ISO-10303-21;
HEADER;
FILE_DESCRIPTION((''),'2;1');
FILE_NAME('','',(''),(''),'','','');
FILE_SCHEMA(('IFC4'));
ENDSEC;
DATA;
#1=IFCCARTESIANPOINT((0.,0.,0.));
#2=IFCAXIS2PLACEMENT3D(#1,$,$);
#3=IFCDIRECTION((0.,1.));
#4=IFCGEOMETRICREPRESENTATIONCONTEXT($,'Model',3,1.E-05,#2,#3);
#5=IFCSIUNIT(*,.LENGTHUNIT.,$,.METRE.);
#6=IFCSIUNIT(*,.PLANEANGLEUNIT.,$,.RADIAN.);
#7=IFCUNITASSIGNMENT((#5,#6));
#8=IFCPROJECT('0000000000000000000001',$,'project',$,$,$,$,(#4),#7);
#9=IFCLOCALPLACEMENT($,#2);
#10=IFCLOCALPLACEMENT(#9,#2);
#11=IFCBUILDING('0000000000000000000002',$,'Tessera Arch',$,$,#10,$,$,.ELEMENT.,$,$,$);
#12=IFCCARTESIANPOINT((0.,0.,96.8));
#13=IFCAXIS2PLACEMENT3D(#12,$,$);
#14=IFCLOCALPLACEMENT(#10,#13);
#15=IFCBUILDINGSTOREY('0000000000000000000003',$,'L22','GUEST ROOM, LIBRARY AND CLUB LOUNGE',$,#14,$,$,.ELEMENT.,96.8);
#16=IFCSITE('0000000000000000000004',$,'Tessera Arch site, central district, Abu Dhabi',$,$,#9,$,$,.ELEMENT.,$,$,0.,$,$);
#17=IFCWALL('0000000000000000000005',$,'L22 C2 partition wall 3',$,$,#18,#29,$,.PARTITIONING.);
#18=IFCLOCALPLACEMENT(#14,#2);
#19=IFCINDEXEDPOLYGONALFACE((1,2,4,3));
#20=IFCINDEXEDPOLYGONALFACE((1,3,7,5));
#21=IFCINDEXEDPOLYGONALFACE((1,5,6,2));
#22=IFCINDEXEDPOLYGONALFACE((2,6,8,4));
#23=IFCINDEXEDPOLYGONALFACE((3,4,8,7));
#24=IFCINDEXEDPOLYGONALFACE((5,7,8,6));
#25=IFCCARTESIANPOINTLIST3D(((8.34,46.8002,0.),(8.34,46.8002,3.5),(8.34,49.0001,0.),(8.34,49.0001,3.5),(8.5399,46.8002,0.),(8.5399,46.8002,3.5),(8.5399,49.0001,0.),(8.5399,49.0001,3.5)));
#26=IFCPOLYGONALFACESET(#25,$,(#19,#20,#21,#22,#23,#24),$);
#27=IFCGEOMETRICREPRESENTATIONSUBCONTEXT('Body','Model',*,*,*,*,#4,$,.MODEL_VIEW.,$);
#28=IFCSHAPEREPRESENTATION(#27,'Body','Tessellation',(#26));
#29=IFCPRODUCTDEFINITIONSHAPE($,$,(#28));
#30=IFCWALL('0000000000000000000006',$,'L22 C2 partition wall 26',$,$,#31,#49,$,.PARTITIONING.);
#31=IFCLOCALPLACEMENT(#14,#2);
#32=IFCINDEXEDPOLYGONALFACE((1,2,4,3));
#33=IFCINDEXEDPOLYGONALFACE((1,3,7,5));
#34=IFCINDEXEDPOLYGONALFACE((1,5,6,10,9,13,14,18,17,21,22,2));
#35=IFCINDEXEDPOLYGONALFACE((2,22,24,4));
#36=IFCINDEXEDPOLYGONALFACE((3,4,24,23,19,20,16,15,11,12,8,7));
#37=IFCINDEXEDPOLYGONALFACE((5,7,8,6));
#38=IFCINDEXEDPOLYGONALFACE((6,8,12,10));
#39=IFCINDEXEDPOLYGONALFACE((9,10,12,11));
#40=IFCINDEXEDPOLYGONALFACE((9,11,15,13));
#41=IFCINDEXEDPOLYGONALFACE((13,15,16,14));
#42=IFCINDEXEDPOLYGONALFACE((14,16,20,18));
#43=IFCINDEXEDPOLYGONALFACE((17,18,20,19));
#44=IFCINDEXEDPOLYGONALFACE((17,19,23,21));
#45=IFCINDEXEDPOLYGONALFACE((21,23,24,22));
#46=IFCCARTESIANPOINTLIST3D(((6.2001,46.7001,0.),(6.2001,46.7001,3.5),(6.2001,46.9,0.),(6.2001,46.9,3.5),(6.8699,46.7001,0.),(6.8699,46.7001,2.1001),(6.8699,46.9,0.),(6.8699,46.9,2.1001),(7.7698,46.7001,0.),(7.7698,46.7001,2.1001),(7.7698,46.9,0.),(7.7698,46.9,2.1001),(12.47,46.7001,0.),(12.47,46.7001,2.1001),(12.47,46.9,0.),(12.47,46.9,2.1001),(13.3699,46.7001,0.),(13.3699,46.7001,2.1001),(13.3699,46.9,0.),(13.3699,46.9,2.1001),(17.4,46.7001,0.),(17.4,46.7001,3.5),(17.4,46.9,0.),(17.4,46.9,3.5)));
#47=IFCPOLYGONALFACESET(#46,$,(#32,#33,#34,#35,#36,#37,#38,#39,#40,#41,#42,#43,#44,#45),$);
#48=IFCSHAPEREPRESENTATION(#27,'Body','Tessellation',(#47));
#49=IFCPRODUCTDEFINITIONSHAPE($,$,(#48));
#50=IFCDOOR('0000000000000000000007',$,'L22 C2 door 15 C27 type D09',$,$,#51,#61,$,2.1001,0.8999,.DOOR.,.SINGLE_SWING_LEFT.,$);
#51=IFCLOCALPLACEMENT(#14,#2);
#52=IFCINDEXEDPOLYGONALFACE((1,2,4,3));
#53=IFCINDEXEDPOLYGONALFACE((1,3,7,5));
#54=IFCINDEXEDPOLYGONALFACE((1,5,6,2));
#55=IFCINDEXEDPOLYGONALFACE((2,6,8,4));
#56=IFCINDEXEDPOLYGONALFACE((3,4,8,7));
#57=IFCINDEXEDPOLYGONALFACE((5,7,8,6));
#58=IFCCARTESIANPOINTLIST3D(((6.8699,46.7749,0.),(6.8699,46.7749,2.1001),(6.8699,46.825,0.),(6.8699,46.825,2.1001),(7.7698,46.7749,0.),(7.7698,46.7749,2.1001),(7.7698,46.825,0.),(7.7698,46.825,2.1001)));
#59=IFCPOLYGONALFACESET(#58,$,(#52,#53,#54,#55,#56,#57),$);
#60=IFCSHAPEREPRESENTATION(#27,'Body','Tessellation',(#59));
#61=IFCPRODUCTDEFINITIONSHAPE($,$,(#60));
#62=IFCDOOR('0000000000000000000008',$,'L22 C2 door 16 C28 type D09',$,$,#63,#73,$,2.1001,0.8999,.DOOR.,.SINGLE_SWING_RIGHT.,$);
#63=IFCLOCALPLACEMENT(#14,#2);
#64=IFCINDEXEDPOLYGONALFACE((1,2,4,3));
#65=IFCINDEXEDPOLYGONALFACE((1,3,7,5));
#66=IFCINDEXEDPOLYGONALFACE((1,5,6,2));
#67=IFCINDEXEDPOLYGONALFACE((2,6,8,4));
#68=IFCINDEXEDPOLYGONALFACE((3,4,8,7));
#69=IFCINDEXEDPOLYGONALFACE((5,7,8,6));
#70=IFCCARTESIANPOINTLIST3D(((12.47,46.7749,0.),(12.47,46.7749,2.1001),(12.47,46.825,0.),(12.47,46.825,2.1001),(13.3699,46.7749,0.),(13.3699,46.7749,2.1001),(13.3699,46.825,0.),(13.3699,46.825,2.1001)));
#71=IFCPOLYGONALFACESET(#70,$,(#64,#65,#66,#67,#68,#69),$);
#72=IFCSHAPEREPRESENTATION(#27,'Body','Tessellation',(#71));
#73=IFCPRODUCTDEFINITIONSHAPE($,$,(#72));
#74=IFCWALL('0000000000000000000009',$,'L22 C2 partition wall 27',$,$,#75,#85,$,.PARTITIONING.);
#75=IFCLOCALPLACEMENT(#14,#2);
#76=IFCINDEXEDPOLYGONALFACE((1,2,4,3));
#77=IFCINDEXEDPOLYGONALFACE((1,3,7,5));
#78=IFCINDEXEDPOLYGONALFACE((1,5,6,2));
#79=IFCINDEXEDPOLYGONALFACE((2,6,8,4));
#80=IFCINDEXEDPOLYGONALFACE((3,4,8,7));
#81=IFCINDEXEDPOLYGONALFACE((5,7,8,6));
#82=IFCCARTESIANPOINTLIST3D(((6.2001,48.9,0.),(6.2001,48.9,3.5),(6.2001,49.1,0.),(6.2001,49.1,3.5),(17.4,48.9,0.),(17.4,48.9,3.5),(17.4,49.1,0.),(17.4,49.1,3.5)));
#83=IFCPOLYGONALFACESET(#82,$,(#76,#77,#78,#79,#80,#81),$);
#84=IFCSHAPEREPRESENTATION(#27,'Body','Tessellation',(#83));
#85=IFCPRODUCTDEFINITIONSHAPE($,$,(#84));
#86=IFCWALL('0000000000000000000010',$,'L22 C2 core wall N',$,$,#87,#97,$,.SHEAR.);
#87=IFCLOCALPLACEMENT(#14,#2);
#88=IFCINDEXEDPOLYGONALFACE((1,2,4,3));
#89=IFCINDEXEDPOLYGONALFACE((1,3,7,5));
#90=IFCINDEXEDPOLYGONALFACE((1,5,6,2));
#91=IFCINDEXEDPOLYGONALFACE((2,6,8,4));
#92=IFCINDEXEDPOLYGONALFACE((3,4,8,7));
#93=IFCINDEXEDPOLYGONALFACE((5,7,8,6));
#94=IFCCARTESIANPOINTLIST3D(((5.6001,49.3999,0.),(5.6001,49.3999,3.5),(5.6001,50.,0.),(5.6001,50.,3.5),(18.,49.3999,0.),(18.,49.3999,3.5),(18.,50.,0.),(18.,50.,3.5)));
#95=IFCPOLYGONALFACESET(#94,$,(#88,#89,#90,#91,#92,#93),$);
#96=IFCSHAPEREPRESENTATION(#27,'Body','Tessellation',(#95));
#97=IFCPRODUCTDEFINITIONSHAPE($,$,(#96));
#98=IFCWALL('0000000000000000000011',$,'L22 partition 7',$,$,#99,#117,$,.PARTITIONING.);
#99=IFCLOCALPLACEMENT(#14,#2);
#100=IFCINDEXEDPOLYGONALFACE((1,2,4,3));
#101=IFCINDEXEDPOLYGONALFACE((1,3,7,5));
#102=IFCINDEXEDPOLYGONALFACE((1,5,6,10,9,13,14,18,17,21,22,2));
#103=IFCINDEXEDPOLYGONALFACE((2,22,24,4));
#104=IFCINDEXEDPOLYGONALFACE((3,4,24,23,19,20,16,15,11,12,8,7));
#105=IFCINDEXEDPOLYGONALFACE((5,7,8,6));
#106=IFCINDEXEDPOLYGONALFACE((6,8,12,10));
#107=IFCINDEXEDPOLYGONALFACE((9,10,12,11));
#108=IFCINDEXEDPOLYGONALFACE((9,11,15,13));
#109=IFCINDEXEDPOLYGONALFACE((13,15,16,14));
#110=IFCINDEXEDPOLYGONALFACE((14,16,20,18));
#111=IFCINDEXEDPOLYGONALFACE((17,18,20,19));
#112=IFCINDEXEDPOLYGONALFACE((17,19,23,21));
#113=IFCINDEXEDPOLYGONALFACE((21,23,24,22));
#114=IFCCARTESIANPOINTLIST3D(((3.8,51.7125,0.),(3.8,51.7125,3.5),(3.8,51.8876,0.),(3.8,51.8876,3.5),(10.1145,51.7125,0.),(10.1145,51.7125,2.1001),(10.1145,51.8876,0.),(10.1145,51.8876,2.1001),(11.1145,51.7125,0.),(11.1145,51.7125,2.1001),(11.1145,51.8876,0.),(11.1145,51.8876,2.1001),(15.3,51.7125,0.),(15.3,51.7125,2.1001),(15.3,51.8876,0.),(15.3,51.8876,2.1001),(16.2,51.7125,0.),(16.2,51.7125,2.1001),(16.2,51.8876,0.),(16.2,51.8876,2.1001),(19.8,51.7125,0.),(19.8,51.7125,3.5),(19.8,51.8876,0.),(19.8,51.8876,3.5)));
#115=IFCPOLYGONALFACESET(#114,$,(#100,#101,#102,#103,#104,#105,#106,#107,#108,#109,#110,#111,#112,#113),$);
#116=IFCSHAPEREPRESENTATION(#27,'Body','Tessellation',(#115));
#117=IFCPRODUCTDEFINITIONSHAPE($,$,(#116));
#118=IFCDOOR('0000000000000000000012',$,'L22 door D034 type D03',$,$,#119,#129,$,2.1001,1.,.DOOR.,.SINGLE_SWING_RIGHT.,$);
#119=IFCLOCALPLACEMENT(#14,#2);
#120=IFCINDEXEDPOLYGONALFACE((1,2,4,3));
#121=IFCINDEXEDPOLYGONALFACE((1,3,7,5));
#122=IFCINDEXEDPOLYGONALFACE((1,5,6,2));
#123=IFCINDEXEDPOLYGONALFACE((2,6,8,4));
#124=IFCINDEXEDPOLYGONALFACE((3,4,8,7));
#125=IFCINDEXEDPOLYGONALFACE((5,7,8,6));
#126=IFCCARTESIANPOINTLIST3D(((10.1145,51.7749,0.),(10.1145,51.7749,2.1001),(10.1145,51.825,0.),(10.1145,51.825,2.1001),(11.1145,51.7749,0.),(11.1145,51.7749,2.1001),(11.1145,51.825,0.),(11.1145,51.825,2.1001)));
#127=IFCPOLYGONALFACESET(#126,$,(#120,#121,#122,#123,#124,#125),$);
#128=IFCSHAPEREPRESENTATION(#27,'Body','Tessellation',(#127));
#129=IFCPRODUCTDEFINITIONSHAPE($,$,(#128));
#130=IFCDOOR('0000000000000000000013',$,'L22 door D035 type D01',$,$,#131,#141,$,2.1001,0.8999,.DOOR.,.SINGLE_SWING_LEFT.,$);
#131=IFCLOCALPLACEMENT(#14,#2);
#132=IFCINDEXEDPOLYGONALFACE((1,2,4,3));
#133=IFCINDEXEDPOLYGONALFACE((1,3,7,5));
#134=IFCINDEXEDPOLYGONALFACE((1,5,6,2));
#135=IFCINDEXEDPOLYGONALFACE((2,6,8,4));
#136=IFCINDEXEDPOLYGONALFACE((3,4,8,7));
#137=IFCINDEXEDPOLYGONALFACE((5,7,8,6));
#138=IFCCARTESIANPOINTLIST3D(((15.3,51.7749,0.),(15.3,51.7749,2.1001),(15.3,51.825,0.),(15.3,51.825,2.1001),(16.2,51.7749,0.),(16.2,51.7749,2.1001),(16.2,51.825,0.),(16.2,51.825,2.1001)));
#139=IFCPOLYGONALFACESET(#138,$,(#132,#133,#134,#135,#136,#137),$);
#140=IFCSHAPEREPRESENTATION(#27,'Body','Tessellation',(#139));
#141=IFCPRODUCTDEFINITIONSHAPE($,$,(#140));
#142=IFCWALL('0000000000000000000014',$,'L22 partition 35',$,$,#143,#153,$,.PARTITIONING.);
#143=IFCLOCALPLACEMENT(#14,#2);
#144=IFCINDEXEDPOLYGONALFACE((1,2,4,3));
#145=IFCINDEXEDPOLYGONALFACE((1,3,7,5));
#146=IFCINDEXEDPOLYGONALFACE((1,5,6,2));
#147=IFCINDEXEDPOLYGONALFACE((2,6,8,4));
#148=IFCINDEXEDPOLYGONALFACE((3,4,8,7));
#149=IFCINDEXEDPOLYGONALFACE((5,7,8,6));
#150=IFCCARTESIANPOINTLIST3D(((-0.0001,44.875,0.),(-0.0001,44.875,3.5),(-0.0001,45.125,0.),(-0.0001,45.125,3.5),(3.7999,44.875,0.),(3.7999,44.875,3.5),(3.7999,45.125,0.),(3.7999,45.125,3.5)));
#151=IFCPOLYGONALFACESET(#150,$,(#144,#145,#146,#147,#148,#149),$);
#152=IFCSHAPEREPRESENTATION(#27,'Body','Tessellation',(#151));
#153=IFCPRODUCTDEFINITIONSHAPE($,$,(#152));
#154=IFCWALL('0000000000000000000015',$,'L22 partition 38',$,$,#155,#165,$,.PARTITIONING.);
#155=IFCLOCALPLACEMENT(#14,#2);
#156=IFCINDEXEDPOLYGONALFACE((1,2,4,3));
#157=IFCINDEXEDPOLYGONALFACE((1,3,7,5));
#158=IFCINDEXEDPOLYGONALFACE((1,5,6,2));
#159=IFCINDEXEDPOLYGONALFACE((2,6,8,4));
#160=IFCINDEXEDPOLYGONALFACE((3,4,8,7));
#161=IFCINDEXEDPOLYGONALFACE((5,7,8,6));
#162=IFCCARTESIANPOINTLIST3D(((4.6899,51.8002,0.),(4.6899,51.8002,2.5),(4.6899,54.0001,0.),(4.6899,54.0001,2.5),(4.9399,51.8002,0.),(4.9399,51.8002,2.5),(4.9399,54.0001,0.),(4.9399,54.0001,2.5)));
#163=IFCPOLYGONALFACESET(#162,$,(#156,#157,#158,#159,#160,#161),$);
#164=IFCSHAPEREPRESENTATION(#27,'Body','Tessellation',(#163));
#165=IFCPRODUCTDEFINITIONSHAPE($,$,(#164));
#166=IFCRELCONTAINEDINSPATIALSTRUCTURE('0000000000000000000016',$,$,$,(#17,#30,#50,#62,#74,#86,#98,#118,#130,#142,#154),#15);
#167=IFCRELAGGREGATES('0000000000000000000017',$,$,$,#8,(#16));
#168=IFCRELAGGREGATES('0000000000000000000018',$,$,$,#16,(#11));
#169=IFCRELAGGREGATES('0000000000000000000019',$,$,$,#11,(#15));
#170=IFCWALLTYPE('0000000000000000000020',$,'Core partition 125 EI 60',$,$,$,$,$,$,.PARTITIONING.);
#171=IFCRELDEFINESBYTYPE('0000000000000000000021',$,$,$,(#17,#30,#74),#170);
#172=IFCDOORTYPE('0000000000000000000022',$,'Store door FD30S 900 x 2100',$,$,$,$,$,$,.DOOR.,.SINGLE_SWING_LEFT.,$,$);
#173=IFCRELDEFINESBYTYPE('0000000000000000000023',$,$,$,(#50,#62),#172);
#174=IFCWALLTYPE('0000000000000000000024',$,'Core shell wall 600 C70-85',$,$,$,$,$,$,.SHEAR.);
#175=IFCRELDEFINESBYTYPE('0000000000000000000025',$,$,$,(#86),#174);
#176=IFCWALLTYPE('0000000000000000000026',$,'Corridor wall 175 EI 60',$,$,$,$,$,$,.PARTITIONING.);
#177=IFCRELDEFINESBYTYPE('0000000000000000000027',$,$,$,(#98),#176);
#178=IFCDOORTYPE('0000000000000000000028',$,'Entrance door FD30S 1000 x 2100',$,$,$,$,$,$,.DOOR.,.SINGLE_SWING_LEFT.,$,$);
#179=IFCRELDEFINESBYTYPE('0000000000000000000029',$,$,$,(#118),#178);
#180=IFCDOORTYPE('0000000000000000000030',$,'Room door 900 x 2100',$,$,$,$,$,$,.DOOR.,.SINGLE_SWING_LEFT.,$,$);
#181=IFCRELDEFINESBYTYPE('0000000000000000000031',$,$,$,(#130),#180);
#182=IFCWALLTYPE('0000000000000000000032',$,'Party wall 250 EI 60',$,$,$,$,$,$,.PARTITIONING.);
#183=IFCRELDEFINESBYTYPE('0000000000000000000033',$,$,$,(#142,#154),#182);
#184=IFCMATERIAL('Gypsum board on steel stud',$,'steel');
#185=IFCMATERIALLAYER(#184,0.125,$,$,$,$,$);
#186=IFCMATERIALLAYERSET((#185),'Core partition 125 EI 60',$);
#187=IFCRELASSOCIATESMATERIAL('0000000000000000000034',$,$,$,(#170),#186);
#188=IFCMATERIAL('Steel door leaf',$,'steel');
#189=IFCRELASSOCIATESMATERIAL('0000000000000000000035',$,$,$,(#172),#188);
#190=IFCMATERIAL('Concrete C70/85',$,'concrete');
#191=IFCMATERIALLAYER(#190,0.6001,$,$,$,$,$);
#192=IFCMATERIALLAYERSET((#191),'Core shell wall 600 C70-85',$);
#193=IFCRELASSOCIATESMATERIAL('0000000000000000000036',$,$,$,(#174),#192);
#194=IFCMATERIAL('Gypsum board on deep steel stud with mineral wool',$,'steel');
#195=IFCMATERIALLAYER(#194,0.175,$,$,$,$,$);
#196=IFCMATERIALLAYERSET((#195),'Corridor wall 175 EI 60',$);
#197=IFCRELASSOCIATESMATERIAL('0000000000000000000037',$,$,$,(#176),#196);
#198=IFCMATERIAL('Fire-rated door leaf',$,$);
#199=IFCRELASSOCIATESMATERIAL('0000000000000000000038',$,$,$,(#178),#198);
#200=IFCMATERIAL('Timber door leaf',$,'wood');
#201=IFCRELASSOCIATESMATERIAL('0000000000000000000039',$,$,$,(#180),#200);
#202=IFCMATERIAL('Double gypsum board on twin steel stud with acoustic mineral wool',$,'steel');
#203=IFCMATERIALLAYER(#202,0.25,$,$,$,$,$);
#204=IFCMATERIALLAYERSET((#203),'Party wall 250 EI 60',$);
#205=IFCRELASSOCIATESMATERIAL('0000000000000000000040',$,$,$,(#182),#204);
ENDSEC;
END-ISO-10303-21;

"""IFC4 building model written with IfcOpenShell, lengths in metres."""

from ifc_helpers import new_model, si_unit, direction, frame, frame_2d, origin, place, context, subcontext, project, spatial, rectangle, extrude, material, layer, layer_set, type_object, element, fill, save


model = new_model("IFC4")

# Units and contexts
model_context = context("Model", 3, precision=1e-05, world=origin(), true_north=direction((0.0, 1.0)))
body_context = subcontext(model_context, "Body", "Model", "MODEL_VIEW")
ifc_project = project(units=[si_unit("LENGTHUNIT", "METRE"), si_unit("PLANEANGLEUNIT", "RADIAN")], contexts=[model_context])

# Site, building, storey
site_placement = place(None, origin())
site = spatial("IfcSite", under=ifc_project, at=site_placement, Name="Tessera Arch site, central district, Abu Dhabi", CompositionType="ELEMENT", RefElevation=0.0)
building_placement = place(site_placement, origin())
building = spatial("IfcBuilding", under=site, at=building_placement, Name="Tessera Arch", CompositionType="ELEMENT")
storey_placement = place(building_placement, frame((0.0, 0.0, 96.8)))
storey = spatial("IfcBuildingStorey", under=building, at=storey_placement, Name="L22", Description="GUEST ROOM, LIBRARY AND CLUB LOUNGE", CompositionType="ELEMENT", Elevation=96.8)

# Wall
ifc_material_1 = material(Name="Gypsum board on steel stud", Category="steel")
ifc_layer_1 = layer(ifc_material_1, 0.125)
ifc_layer_set_1 = layer_set([ifc_layer_1], Name="Core partition 125 EI 60")
wall_type_1 = type_object("IfcWallType", Name="Core partition 125 EI 60", PredefinedType="PARTITIONING", material=ifc_layer_set_1)
wall_1_placement = place(storey_placement, frame((8.4399, 46.8, 0.0), z_axis=(0.0, 0.0, 1.0), x_axis=(0.0, 1.0, 0.0)))
element("IfcWall", 1, at=wall_1_placement, inside=storey, type_object=wall_type_1, Name="L22 C2 partition wall 3", PredefinedType="PARTITIONING", context=body_context, shape_type="SweptSolid", body=[
    extrude(rectangle(XDim=2.2, YDim=0.2, at=frame_2d((1.1001, 0.0))), origin(), (0.0, 0.0, 1.0), 3.5),
])

# Wall, openings, doors
wall_2_placement = place(storey_placement, frame((6.2, 46.8, 0.0), z_axis=(0.0, 0.0, 1.0), x_axis=(1.0, 0.0, 0.0)))
wall_2 = element("IfcWall", 2, at=wall_2_placement, inside=storey, type_object=wall_type_1, Name="L22 C2 partition wall 26", PredefinedType="PARTITIONING", context=body_context, shape_type="SweptSolid", body=[
    extrude(rectangle(XDim=11.2, YDim=0.2, at=frame_2d((5.6001, 0.0))), origin(), (0.0, 0.0, 1.0), 3.5),
])
opening_1_placement = place(wall_2_placement, frame((0.6699, 0.0, 0.0)))
opening_1 = element("IfcOpeningElement", 3, at=opening_1_placement, cuts=wall_2, PredefinedType="OPENING", context=body_context, shape_type="SweptSolid", body=[
    extrude(rectangle(XDim=0.8999, YDim=2.1001, at=frame_2d((0.45, 1.05))), frame((0.0, 0.1099, 0.0), z_axis=(0.0, -1.0, 0.0), x_axis=(1.0, 0.0, 0.0)), (0.0, 0.0, 1.0), 0.22),
])
opening_2_placement = place(wall_2_placement, frame((6.27, 0.0, 0.0)))
opening_2 = element("IfcOpeningElement", 4, at=opening_2_placement, cuts=wall_2, PredefinedType="OPENING", context=body_context, shape_type="SweptSolid", body=[
    extrude(rectangle(XDim=0.8999, YDim=2.1001, at=frame_2d((0.45, 1.05))), frame((0.0, 0.1099, 0.0), z_axis=(0.0, -1.0, 0.0), x_axis=(1.0, 0.0, 0.0)), (0.0, 0.0, 1.0), 0.22),
])
ifc_material_2 = material(Name="Steel door leaf", Category="steel")
door_type_1 = type_object("IfcDoorType", Name="Store door FD30S 900 x 2100", OperationType="SINGLE_SWING_LEFT", PredefinedType="DOOR", material=ifc_material_2)
door_1_placement = place(opening_1_placement, origin())
door_1 = element("IfcDoor", 5, at=door_1_placement, inside=storey, type_object=door_type_1, Name="L22 C2 door 15 C27 type D09", OperationType="SINGLE_SWING_LEFT", OverallHeight=2.1001, OverallWidth=0.8999, PredefinedType="DOOR", context=body_context, shape_type="SweptSolid", body=[
    extrude(rectangle(XDim=0.8999, YDim=2.1001, at=frame_2d((0.45, 1.05))), frame((0.0, 0.0249, 0.0), z_axis=(0.0, -1.0, 0.0), x_axis=(1.0, 0.0, 0.0)), (0.0, 0.0, 1.0), 0.05),
])
fill(opening_1, door_1)
door_2_placement = place(opening_2_placement, origin())
door_2 = element("IfcDoor", 6, at=door_2_placement, inside=storey, type_object=door_type_1, Name="L22 C2 door 16 C28 type D09", OperationType="SINGLE_SWING_RIGHT", OverallHeight=2.1001, OverallWidth=0.8999, PredefinedType="DOOR", context=body_context, shape_type="SweptSolid", body=[
    extrude(rectangle(XDim=0.8999, YDim=2.1001, at=frame_2d((0.45, 1.05))), frame((0.0, 0.0249, 0.0), z_axis=(0.0, -1.0, 0.0), x_axis=(1.0, 0.0, 0.0)), (0.0, 0.0, 1.0), 0.05),
])
fill(opening_2, door_2)

# Walls
wall_3_placement = place(storey_placement, frame((6.2, 49.0, 0.0), z_axis=(0.0, 0.0, 1.0), x_axis=(1.0, 0.0, 0.0)))
element("IfcWall", 7, at=wall_3_placement, inside=storey, type_object=wall_type_1, Name="L22 C2 partition wall 27", PredefinedType="PARTITIONING", context=body_context, shape_type="SweptSolid", body=[
    extrude(rectangle(XDim=11.2, YDim=0.2, at=frame_2d((5.6001, 0.0))), origin(), (0.0, 0.0, 1.0), 3.5),
])
ifc_material_3 = material(Name="Concrete C70/85", Category="concrete")
ifc_layer_2 = layer(ifc_material_3, 0.6001)
ifc_layer_set_2 = layer_set([ifc_layer_2], Name="Core shell wall 600 C70-85")
wall_type_2 = type_object("IfcWallType", Name="Core shell wall 600 C70-85", PredefinedType="SHEAR", material=ifc_layer_set_2)
wall_4_placement = place(storey_placement, frame((5.6001, 49.7, 0.0), z_axis=(0.0, 0.0, 1.0), x_axis=(1.0, 0.0, 0.0)))
element("IfcWall", 8, at=wall_4_placement, inside=storey, type_object=wall_type_2, Name="L22 C2 core wall N", PredefinedType="SHEAR", context=body_context, shape_type="SweptSolid", body=[
    extrude(rectangle(XDim=12.3999, YDim=0.6001, at=frame_2d((6.2, 0.0))), origin(), (0.0, 0.0, 1.0), 3.5),
])

# Wall, openings, doors
ifc_material_4 = material(Name="Gypsum board on deep steel stud with mineral wool", Category="steel")
ifc_layer_3 = layer(ifc_material_4, 0.175)
ifc_layer_set_3 = layer_set([ifc_layer_3], Name="Corridor wall 175 EI 60")
wall_type_3 = type_object("IfcWallType", Name="Corridor wall 175 EI 60", PredefinedType="PARTITIONING", material=ifc_layer_set_3)
wall_5_placement = place(storey_placement, frame((3.8, 51.8, 0.0), z_axis=(0.0, 0.0, 1.0), x_axis=(1.0, 0.0, 0.0)))
wall_5 = element("IfcWall", 9, at=wall_5_placement, inside=storey, type_object=wall_type_3, Name="L22 partition 7", PredefinedType="PARTITIONING", context=body_context, shape_type="SweptSolid", body=[
    extrude(rectangle(XDim=16.0, YDim=0.175, at=frame_2d((8.0, 0.0))), origin(), (0.0, 0.0, 1.0), 3.5),
])
opening_3_placement = place(wall_5_placement, frame((6.3145, 0.0, 0.0)))
opening_3 = element("IfcOpeningElement", 10, at=opening_3_placement, cuts=wall_5, PredefinedType="OPENING", context=body_context, shape_type="SweptSolid", body=[
    extrude(rectangle(XDim=1.0, YDim=2.1001, at=frame_2d((0.5, 1.05))), frame((0.0, 0.0974, 0.0), z_axis=(0.0, -1.0, 0.0), x_axis=(1.0, 0.0, 0.0)), (0.0, 0.0, 1.0), 0.1951),
])
opening_4_placement = place(wall_5_placement, frame((11.5, 0.0, 0.0)))
opening_4 = element("IfcOpeningElement", 11, at=opening_4_placement, cuts=wall_5, PredefinedType="OPENING", context=body_context, shape_type="SweptSolid", body=[
    extrude(rectangle(XDim=0.8999, YDim=2.1001, at=frame_2d((0.45, 1.05))), frame((0.0, 0.0974, 0.0), z_axis=(0.0, -1.0, 0.0), x_axis=(1.0, 0.0, 0.0)), (0.0, 0.0, 1.0), 0.1951),
])
ifc_material_5 = material(Name="Fire-rated door leaf")
door_type_2 = type_object("IfcDoorType", Name="Entrance door FD30S 1000 x 2100", OperationType="SINGLE_SWING_LEFT", PredefinedType="DOOR", material=ifc_material_5)
door_3_placement = place(opening_3_placement, origin())
door_3 = element("IfcDoor", 12, at=door_3_placement, inside=storey, type_object=door_type_2, Name="L22 door D034 type D03", OperationType="SINGLE_SWING_RIGHT", OverallHeight=2.1001, OverallWidth=1.0, PredefinedType="DOOR", context=body_context, shape_type="SweptSolid", body=[
    extrude(rectangle(XDim=1.0, YDim=2.1001, at=frame_2d((0.5, 1.05))), frame((0.0, 0.0249, 0.0), z_axis=(0.0, -1.0, 0.0), x_axis=(1.0, 0.0, 0.0)), (0.0, 0.0, 1.0), 0.05),
])
fill(opening_3, door_3)
ifc_material_6 = material(Name="Timber door leaf", Category="wood")
door_type_3 = type_object("IfcDoorType", Name="Room door 900 x 2100", OperationType="SINGLE_SWING_LEFT", PredefinedType="DOOR", material=ifc_material_6)
door_4_placement = place(opening_4_placement, origin())
door_4 = element("IfcDoor", 13, at=door_4_placement, inside=storey, type_object=door_type_3, Name="L22 door D035 type D01", OperationType="SINGLE_SWING_LEFT", OverallHeight=2.1001, OverallWidth=0.8999, PredefinedType="DOOR", context=body_context, shape_type="SweptSolid", body=[
    extrude(rectangle(XDim=0.8999, YDim=2.1001, at=frame_2d((0.45, 1.05))), frame((0.0, 0.0249, 0.0), z_axis=(0.0, -1.0, 0.0), x_axis=(1.0, 0.0, 0.0)), (0.0, 0.0, 1.0), 0.05),
])
fill(opening_4, door_4)

# Walls
ifc_material_7 = material(Name="Double gypsum board on twin steel stud with acoustic mineral wool", Category="steel")
ifc_layer_4 = layer(ifc_material_7, 0.25)
ifc_layer_set_4 = layer_set([ifc_layer_4], Name="Party wall 250 EI 60")
wall_type_4 = type_object("IfcWallType", Name="Party wall 250 EI 60", PredefinedType="PARTITIONING", material=ifc_layer_set_4)
wall_6_placement = place(storey_placement, frame((0.0, 45.0, 0.0), z_axis=(0.0, 0.0, 1.0), x_axis=(1.0, 0.0, 0.0)))
element("IfcWall", 14, at=wall_6_placement, inside=storey, type_object=wall_type_4, Name="L22 partition 35", PredefinedType="PARTITIONING", context=body_context, shape_type="SweptSolid", body=[
    extrude(rectangle(XDim=3.8, YDim=0.25, at=frame_2d((1.8999, 0.0))), origin(), (0.0, 0.0, 1.0), 3.5),
])
wall_7_placement = place(storey_placement, frame((4.8149, 51.8, 0.0), z_axis=(0.0, 0.0, 1.0), x_axis=(0.0, 1.0, 0.0)))
element("IfcWall", 15, at=wall_7_placement, inside=storey, type_object=wall_type_4, Name="L22 partition 38", PredefinedType="PARTITIONING", context=body_context, shape_type="SweptSolid", body=[
    extrude(rectangle(XDim=2.2, YDim=0.25, at=frame_2d((1.1001, 0.0))), origin(), (0.0, 0.0, 1.0), 2.5),
])

save(model, "model.ifc")
